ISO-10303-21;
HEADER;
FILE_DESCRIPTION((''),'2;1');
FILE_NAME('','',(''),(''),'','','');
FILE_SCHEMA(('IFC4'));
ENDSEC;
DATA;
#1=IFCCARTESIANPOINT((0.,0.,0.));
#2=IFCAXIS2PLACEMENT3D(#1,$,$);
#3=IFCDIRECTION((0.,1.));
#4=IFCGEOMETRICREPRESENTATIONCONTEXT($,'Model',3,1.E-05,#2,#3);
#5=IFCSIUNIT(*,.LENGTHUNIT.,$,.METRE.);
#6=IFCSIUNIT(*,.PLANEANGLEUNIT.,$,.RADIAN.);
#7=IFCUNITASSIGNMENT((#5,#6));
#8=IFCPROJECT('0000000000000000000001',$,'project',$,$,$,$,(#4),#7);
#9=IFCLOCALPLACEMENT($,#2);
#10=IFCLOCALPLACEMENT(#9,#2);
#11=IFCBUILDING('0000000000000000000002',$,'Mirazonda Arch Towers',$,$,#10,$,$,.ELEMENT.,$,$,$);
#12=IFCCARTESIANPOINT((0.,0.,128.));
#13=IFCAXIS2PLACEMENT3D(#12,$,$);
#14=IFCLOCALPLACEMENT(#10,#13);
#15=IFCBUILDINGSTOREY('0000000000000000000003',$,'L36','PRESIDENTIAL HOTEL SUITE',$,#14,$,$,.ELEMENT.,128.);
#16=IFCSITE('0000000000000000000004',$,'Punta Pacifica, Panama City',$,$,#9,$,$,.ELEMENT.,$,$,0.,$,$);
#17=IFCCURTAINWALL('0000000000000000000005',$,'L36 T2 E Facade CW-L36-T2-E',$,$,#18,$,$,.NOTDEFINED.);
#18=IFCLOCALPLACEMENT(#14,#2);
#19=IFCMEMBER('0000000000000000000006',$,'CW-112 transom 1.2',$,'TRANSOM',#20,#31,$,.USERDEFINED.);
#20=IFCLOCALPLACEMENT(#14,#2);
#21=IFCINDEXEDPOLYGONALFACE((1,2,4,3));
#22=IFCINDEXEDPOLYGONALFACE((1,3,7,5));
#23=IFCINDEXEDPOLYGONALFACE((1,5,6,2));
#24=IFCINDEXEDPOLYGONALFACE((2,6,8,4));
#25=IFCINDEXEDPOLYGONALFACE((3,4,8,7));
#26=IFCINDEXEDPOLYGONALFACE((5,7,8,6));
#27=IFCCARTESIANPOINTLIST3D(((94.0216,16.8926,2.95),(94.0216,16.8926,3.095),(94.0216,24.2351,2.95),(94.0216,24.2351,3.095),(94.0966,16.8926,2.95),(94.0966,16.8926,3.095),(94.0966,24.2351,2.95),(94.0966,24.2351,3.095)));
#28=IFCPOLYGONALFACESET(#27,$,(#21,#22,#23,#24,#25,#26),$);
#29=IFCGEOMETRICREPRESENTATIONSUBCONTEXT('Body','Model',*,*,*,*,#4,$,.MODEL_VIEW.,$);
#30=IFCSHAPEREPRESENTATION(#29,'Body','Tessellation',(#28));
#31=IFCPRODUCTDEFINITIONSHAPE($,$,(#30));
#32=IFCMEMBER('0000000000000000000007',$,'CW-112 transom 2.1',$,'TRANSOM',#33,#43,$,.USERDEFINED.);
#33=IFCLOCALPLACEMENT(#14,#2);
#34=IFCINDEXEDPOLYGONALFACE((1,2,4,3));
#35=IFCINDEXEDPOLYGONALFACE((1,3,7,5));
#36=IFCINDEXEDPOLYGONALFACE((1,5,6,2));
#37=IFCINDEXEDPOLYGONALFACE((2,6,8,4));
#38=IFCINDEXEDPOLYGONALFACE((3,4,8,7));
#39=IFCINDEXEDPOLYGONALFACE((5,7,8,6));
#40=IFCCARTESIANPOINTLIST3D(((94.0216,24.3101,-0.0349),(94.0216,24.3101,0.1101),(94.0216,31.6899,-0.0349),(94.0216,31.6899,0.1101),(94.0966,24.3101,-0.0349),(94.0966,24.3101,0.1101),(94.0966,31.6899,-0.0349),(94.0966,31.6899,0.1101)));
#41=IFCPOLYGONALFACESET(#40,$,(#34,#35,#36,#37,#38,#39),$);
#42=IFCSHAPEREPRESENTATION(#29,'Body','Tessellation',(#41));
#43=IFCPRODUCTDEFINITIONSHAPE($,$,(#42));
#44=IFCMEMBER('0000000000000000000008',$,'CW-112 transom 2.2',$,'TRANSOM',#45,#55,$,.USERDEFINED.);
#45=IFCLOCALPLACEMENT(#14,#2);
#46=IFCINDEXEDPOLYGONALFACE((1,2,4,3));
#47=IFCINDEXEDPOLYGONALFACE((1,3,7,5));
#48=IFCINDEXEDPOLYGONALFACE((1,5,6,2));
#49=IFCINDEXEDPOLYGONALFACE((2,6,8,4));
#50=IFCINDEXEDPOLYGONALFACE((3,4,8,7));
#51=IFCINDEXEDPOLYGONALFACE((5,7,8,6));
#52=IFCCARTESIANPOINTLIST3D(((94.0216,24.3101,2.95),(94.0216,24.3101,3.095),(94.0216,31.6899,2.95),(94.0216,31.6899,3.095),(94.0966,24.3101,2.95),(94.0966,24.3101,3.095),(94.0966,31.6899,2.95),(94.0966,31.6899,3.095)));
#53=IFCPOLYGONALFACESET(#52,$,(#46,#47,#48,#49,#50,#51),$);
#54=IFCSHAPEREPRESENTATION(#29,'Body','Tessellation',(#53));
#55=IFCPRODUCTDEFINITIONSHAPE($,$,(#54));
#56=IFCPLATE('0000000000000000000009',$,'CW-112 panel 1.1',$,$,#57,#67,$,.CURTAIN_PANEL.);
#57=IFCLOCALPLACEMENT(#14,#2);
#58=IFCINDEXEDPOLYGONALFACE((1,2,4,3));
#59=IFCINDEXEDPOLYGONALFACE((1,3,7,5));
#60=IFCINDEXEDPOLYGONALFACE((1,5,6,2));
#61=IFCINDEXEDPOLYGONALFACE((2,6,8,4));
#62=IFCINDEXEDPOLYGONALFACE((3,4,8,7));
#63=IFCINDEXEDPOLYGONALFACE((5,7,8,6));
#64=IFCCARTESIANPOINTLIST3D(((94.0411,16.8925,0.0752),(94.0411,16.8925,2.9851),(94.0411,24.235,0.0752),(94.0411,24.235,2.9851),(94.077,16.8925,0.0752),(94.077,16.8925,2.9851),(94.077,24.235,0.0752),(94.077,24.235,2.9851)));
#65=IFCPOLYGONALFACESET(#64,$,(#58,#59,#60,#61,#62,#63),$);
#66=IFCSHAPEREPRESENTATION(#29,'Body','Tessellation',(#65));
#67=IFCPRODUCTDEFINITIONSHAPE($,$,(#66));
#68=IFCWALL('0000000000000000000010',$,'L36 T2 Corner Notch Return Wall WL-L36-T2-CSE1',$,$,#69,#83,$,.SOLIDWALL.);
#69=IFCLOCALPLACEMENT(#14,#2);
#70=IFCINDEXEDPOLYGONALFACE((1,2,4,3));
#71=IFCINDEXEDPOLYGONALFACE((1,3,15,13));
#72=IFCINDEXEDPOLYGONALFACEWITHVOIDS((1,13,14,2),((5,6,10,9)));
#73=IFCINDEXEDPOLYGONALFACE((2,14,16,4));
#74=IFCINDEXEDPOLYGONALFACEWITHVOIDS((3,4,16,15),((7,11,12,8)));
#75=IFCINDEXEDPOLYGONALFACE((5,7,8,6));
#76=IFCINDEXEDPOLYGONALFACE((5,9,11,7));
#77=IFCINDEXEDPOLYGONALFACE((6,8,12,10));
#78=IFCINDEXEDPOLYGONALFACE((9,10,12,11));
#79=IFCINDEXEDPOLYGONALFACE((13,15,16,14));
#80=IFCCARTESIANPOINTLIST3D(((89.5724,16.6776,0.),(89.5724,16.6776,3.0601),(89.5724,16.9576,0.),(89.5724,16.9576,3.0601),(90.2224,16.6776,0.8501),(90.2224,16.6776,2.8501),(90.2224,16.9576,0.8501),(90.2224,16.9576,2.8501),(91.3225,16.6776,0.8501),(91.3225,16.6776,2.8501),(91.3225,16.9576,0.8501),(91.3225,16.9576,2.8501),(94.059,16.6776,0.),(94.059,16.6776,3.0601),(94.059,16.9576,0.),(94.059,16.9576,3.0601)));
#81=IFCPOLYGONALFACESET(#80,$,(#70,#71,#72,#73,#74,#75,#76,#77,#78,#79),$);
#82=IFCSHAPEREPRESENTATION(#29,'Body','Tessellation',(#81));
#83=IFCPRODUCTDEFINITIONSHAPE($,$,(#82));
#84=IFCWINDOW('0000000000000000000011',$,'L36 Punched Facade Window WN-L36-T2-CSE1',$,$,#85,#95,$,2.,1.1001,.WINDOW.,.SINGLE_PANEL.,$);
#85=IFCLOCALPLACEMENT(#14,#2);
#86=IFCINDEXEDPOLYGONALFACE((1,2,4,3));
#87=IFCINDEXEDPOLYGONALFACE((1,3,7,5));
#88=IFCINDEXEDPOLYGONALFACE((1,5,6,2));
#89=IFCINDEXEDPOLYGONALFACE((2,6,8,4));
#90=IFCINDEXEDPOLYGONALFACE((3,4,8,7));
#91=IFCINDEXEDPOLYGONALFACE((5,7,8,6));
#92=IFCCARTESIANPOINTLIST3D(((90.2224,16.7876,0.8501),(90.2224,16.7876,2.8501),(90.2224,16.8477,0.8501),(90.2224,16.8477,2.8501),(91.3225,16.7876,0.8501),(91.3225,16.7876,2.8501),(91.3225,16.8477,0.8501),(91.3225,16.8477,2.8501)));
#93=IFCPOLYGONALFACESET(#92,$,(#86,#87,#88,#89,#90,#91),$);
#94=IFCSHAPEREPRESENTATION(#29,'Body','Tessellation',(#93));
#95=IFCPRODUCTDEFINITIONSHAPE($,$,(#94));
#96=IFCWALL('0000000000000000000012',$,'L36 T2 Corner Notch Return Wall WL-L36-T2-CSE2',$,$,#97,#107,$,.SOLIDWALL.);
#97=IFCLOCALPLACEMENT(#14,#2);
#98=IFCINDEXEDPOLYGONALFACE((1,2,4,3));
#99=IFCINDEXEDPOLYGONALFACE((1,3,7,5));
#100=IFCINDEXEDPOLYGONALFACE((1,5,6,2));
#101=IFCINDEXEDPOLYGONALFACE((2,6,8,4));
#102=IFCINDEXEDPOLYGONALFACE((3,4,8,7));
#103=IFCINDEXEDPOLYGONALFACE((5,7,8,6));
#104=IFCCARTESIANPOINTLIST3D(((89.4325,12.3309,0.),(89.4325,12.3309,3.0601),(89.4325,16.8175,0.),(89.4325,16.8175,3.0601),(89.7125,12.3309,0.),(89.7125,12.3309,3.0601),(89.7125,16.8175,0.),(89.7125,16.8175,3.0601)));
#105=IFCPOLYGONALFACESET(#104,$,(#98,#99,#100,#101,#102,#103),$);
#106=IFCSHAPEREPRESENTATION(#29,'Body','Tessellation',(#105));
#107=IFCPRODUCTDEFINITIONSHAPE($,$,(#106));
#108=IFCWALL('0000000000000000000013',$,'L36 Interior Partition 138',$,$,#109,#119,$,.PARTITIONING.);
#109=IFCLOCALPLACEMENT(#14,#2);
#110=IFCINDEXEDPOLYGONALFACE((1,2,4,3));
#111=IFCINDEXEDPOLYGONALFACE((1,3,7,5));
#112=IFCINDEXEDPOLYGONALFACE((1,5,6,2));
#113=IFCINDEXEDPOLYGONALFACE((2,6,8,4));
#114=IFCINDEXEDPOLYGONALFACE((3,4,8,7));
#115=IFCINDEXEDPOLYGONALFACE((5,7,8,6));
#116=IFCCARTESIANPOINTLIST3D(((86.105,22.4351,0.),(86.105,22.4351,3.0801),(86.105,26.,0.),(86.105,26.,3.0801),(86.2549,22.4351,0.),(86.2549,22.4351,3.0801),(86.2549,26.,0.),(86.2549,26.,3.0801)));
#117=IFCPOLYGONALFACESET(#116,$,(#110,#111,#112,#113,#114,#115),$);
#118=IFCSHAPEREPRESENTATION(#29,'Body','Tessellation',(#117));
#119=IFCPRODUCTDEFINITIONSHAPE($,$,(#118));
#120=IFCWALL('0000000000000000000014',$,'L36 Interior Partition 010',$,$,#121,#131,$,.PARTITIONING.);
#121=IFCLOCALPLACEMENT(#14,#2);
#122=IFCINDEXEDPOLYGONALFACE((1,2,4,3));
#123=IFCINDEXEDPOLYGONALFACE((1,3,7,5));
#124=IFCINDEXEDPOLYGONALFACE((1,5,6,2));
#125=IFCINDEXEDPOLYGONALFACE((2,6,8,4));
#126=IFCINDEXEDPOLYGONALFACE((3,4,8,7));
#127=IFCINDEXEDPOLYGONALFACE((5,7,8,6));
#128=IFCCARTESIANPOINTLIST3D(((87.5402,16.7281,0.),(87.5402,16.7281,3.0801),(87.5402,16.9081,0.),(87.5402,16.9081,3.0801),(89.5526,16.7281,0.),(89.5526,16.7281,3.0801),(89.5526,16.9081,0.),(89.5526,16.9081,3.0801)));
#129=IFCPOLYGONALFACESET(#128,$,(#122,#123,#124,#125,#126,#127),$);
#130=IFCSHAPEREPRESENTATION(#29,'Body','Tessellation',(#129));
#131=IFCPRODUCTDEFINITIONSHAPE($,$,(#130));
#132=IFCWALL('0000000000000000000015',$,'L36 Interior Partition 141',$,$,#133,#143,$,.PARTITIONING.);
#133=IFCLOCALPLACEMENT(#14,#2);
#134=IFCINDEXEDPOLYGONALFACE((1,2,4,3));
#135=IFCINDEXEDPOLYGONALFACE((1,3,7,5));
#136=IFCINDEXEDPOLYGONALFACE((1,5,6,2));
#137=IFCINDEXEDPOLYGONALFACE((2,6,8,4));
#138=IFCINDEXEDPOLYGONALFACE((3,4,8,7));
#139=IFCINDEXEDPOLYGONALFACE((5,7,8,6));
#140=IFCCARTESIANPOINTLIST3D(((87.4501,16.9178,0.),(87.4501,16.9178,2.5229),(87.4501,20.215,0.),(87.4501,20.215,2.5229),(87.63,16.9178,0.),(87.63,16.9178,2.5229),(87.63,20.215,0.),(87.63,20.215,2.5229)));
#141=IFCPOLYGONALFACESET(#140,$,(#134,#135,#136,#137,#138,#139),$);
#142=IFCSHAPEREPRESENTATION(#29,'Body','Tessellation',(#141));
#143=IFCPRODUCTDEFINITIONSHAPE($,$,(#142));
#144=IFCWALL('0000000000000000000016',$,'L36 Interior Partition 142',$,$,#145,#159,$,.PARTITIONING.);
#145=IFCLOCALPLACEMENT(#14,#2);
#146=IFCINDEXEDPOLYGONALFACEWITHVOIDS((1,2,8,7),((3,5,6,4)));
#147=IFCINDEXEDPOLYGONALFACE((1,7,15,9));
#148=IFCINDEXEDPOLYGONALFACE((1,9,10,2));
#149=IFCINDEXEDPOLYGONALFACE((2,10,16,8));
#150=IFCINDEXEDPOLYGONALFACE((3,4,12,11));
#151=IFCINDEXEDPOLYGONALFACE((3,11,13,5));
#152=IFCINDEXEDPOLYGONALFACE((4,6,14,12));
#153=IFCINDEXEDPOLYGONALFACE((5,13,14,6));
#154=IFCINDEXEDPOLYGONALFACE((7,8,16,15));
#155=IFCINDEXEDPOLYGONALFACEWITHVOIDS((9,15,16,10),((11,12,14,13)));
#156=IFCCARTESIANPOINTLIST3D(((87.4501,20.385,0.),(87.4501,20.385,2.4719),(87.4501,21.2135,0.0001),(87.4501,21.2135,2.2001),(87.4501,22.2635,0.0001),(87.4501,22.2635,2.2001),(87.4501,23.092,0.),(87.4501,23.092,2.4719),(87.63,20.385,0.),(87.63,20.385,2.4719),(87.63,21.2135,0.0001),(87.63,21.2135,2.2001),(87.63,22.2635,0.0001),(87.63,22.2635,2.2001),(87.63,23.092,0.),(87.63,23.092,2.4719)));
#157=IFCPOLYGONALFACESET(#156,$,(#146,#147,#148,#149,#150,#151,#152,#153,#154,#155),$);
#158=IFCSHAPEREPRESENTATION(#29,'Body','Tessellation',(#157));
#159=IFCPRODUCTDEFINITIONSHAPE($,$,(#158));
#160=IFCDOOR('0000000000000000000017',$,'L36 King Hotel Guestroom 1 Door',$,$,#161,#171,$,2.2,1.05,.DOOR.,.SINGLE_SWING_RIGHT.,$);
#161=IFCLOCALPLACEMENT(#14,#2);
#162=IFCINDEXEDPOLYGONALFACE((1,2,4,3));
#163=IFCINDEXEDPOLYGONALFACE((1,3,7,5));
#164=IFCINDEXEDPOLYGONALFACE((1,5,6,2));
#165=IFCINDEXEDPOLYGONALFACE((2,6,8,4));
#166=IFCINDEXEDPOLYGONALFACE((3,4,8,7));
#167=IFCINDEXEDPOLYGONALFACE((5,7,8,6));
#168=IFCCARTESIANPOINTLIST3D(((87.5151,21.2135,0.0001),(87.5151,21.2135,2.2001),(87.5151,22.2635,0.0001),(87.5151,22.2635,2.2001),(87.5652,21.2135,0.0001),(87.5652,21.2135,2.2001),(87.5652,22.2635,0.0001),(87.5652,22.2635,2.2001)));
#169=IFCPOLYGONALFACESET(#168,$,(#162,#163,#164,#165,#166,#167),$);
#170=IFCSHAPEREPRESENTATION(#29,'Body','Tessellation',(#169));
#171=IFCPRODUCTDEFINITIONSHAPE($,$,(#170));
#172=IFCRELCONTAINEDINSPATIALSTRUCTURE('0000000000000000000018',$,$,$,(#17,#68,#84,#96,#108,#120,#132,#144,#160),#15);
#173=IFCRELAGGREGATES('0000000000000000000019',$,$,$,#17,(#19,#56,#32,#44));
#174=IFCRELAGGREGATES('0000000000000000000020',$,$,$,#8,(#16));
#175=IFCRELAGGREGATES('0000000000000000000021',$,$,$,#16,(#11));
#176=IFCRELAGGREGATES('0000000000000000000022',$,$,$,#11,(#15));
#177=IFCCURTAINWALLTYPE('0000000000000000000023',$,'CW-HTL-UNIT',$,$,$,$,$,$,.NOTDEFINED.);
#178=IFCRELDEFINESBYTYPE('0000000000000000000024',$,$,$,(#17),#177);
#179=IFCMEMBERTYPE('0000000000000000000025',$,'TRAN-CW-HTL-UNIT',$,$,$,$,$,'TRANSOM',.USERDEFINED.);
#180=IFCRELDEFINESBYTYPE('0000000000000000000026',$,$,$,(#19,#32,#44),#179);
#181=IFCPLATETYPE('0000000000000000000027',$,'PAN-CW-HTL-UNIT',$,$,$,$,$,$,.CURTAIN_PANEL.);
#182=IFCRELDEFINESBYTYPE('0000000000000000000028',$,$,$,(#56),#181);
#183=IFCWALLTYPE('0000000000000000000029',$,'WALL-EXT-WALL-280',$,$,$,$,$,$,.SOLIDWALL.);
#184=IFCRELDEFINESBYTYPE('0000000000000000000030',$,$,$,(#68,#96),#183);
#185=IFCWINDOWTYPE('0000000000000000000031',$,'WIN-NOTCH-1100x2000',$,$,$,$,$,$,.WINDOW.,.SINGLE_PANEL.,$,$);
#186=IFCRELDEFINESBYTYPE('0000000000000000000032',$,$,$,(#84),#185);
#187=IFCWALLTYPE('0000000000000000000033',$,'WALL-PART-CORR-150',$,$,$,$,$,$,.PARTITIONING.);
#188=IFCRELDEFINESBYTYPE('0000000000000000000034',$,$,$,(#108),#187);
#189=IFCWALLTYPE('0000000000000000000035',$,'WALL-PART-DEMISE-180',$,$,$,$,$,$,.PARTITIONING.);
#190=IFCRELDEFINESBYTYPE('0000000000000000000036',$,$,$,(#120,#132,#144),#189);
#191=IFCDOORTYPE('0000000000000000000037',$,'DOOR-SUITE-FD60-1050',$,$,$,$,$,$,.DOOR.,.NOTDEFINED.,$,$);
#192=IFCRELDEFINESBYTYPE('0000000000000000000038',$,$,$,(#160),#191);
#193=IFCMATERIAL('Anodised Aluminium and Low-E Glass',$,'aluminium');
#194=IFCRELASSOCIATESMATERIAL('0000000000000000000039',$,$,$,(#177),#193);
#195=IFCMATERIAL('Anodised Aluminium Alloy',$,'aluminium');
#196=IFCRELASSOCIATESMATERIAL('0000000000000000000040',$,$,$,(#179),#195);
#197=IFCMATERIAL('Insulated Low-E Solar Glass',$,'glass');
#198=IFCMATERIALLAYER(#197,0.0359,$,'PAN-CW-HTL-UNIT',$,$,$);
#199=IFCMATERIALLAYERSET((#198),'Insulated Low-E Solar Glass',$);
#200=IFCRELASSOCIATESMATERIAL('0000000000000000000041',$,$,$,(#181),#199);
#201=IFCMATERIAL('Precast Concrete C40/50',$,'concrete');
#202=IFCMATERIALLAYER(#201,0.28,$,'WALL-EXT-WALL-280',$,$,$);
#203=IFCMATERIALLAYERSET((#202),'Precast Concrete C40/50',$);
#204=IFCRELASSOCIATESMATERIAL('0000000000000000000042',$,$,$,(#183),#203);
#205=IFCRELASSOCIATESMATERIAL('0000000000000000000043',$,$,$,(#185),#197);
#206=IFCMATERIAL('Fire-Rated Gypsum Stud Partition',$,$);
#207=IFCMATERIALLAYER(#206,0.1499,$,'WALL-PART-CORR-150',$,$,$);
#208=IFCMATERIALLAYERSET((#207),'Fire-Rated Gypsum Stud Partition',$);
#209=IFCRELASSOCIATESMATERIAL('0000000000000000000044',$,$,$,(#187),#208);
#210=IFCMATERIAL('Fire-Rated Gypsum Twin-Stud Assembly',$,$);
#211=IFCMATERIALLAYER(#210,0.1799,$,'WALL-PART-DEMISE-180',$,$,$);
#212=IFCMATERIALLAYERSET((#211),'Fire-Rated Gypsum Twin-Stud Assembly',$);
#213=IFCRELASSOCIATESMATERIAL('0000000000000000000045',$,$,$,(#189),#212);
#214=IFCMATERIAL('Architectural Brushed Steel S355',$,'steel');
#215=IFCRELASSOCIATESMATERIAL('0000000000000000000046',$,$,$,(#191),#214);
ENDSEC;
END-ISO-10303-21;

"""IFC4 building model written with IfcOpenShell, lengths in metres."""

from ifc_helpers import new_model, si_unit, direction, frame, frame_2d, origin, origin_2d, place, context, subcontext, project, spatial, rectangle, extrude, material, layer, layer_set, material_profile, profile_set, type_object, element, fill, aggregate, save


model = new_model("IFC4")

# Units and contexts
model_context = context("Model", 3, precision=1e-05, world=origin(), true_north=direction((0.0, 1.0)))
body_context = subcontext(model_context, "Body", "Model", "MODEL_VIEW")
ifc_project = project(units=[si_unit("LENGTHUNIT", "METRE"), si_unit("PLANEANGLEUNIT", "RADIAN")], contexts=[model_context])

# Site, building, storey
site_placement = place(None, origin())
site = spatial("IfcSite", under=ifc_project, at=site_placement, Name="Punta Pacifica, Panama City", CompositionType="ELEMENT", RefElevation=0.0)
building_placement = place(site_placement, origin())
building = spatial("IfcBuilding", under=site, at=building_placement, Name="Mirazonda Arch Towers", CompositionType="ELEMENT")
storey_placement = place(building_placement, frame((0.0, 0.0, 128.0)))
storey = spatial("IfcBuildingStorey", under=building, at=storey_placement, Name="L36", Description="PRESIDENTIAL HOTEL SUITE", CompositionType="ELEMENT", Elevation=128.0)

# Shared definitions
ifc_material_1 = material(Name="Anodised Aluminium and Low-E Glass", Category="aluminium")
curtain_wall_type = type_object("IfcCurtainWallType", Name="CW-HTL-UNIT", PredefinedType="NOTDEFINED", material=ifc_material_1)
ifc_material_2 = material(Name="Anodised Aluminium Alloy", Category="aluminium")

# Curtain wall
curtain_wall_1_placement = place(storey_placement, origin())
curtain_wall_1 = element("IfcCurtainWall", 1, at=curtain_wall_1_placement, inside=storey, type_object=curtain_wall_type, Name="L36 T2 E Facade CW-L36-T2-E", PredefinedType="NOTDEFINED")

# Members
ifc_material_profile_1 = material_profile(ifc_material_2, rectangle(XDim=0.075, YDim=0.145, at=origin_2d()), Name="ALU-TRAN-75x145")
ifc_profile_set_1 = profile_set([ifc_material_profile_1], Name="Anodised Aluminium Alloy")
member_type_1 = type_object("IfcMemberType", Name="TRAN-CW-HTL-UNIT", ElementType="TRANSOM", PredefinedType="USERDEFINED", material=ifc_profile_set_1)
member_1_placement = place(storey_placement, frame((94.0591, 16.8926, 3.0225), z_axis=(0.0, 1.0, 0.0), x_axis=(-1.0, 0.0, 0.0)))
member_1 = element("IfcMember", 2, at=member_1_placement, type_object=member_type_1, Name="CW-112 transom 1.2", ObjectType="TRANSOM", PredefinedType="USERDEFINED", context=body_context, shape_type="SweptSolid", body=[
    extrude(rectangle(XDim=0.075, YDim=0.145, at=origin_2d()), origin(), (0.0, 0.0, 1.0), 7.3425),
])
member_2_placement = place(storey_placement, frame((94.0591, 24.3101, 0.0376), z_axis=(0.0, 1.0, 0.0), x_axis=(-1.0, 0.0, 0.0)))
member_2 = element("IfcMember", 3, at=member_2_placement, type_object=member_type_1, Name="CW-112 transom 2.1", ObjectType="TRANSOM", PredefinedType="USERDEFINED", context=body_context, shape_type="SweptSolid", body=[
    extrude(rectangle(XDim=0.075, YDim=0.145, at=origin_2d()), origin(), (0.0, 0.0, 1.0), 7.3799),
])
member_3_placement = place(storey_placement, frame((94.0591, 24.3101, 3.0225), z_axis=(0.0, 1.0, 0.0), x_axis=(-1.0, 0.0, 0.0)))
member_3 = element("IfcMember", 4, at=member_3_placement, type_object=member_type_1, Name="CW-112 transom 2.2", ObjectType="TRANSOM", PredefinedType="USERDEFINED", context=body_context, shape_type="SweptSolid", body=[
    extrude(rectangle(XDim=0.075, YDim=0.145, at=origin_2d()), origin(), (0.0, 0.0, 1.0), 7.3799),
])

# Plate
ifc_material_3 = material(Name="Insulated Low-E Solar Glass", Category="glass")
ifc_layer_1 = layer(ifc_material_3, 0.0359, Name="PAN-CW-HTL-UNIT")
ifc_layer_set_1 = layer_set([ifc_layer_1], Name="Insulated Low-E Solar Glass")
plate_type = type_object("IfcPlateType", Name="PAN-CW-HTL-UNIT", PredefinedType="CURTAIN_PANEL", material=ifc_layer_set_1)
plate_placement = place(storey_placement, frame((94.0591, 20.5637, 0.0752), z_axis=(0.0, 0.0, 1.0), x_axis=(0.0, 1.0, 0.0)))
plate = element("IfcPlate", 5, at=plate_placement, type_object=plate_type, Name="CW-112 panel 1.1", PredefinedType="CURTAIN_PANEL", context=body_context, shape_type="SweptSolid", body=[
    extrude(rectangle(XDim=7.3425, YDim=0.0359, at=origin_2d()), origin(), (0.0, 0.0, 1.0), 2.9099),
])
aggregate(curtain_wall_1, [member_1, plate, member_2, member_3])

# Wall, opening, window
ifc_material_4 = material(Name="Precast Concrete C40/50", Category="concrete")
ifc_layer_2 = layer(ifc_material_4, 0.28, Name="WALL-EXT-WALL-280")
ifc_layer_set_2 = layer_set([ifc_layer_2], Name="Precast Concrete C40/50")
wall_type_1 = type_object("IfcWallType", Name="WALL-EXT-WALL-280", PredefinedType="SOLIDWALL", material=ifc_layer_set_2)
wall_1_placement = place(storey_placement, frame((89.5725, 16.8176, 0.0), z_axis=(0.0, 0.0, 1.0), x_axis=(1.0, 0.0, 0.0)))
wall_1 = element("IfcWall", 6, at=wall_1_placement, inside=storey, type_object=wall_type_1, Name="L36 T2 Corner Notch Return Wall WL-L36-T2-CSE1", PredefinedType="SOLIDWALL", context=body_context, shape_type="SweptSolid", body=[
    extrude(rectangle(XDim=4.4866, YDim=0.28, at=frame_2d((2.2432, 0.0))), origin(), (0.0, 0.0, 1.0), 3.0601),
])
opening_1_placement = place(wall_1_placement, frame((0.6499, 0.0, 0.8501)))
opening_1 = element("IfcOpeningElement", 7, at=opening_1_placement, cuts=wall_1, PredefinedType="OPENING", context=body_context, shape_type="SweptSolid", body=[
    extrude(rectangle(XDim=1.1001, YDim=2.0, at=frame_2d((0.55, 1.0))), frame((0.0, 0.1499, 0.0), z_axis=(0.0, -1.0, 0.0), x_axis=(1.0, 0.0, 0.0)), (0.0, 0.0, 1.0), 0.3),
])
window_type = type_object("IfcWindowType", Name="WIN-NOTCH-1100x2000", PartitioningType="SINGLE_PANEL", PredefinedType="WINDOW", material=ifc_material_3)
window_placement = place(opening_1_placement, origin())
window = element("IfcWindow", 8, at=window_placement, inside=storey, type_object=window_type, Name="L36 Punched Facade Window WN-L36-T2-CSE1", OverallHeight=2.0, OverallWidth=1.1001, PartitioningType="SINGLE_PANEL", PredefinedType="WINDOW", context=body_context, shape_type="SweptSolid", body=[
    extrude(rectangle(XDim=1.1001, YDim=2.0, at=frame_2d((0.55, 1.0))), frame((0.0, 0.03, 0.0), z_axis=(0.0, -1.0, 0.0), x_axis=(1.0, 0.0, 0.0)), (0.0, 0.0, 1.0), 0.0601),
])
fill(opening_1, window)

# Walls
wall_2_placement = place(storey_placement, frame((89.5725, 12.3311, 0.0), z_axis=(0.0, 0.0, 1.0), x_axis=(0.0, 1.0, 0.0)))
element("IfcWall", 9, at=wall_2_placement, inside=storey, type_object=wall_type_1, Name="L36 T2 Corner Notch Return Wall WL-L36-T2-CSE2", PredefinedType="SOLIDWALL", context=body_context, shape_type="SweptSolid", body=[
    extrude(rectangle(XDim=4.4866, YDim=0.28, at=frame_2d((2.2432, 0.0))), origin(), (0.0, 0.0, 1.0), 3.0601),
])
ifc_material_5 = material(Name="Fire-Rated Gypsum Stud Partition")
ifc_layer_3 = layer(ifc_material_5, 0.1499, Name="WALL-PART-CORR-150")
ifc_layer_set_3 = layer_set([ifc_layer_3], Name="Fire-Rated Gypsum Stud Partition")
wall_type_2 = type_object("IfcWallType", Name="WALL-PART-CORR-150", PredefinedType="PARTITIONING", material=ifc_layer_set_3)
wall_3_placement = place(storey_placement, frame((86.1799, 22.4351, 0.0), z_axis=(0.0, 0.0, 1.0), x_axis=(0.0, 1.0, 0.0)))
element("IfcWall", 10, at=wall_3_placement, inside=storey, type_object=wall_type_2, Name="L36 Interior Partition 138", PredefinedType="PARTITIONING", context=body_context, shape_type="SweptSolid", body=[
    extrude(rectangle(XDim=3.5649, YDim=0.1499, at=frame_2d((1.7825, 0.0))), origin(), (0.0, 0.0, 1.0), 3.0801),
])
ifc_material_6 = material(Name="Fire-Rated Gypsum Twin-Stud Assembly")
ifc_layer_4 = layer(ifc_material_6, 0.1799, Name="WALL-PART-DEMISE-180")
ifc_layer_set_4 = layer_set([ifc_layer_4], Name="Fire-Rated Gypsum Twin-Stud Assembly")
wall_type_3 = type_object("IfcWallType", Name="WALL-PART-DEMISE-180", PredefinedType="PARTITIONING", material=ifc_layer_set_4)
wall_4_placement = place(storey_placement, frame((87.54, 16.8181, 0.0), z_axis=(0.0, 0.0, 1.0), x_axis=(1.0, 0.0, 0.0)))
element("IfcWall", 11, at=wall_4_placement, inside=storey, type_object=wall_type_3, Name="L36 Interior Partition 010", PredefinedType="PARTITIONING", context=body_context, shape_type="SweptSolid", body=[
    extrude(rectangle(XDim=2.0125, YDim=0.1799, at=frame_2d((1.0063, 0.0))), origin(), (0.0, 0.0, 1.0), 3.0801),
])

# Shared definitions
ifc_material_7 = material(Name="Architectural Brushed Steel S355", Category="steel")

# Wall
wall_5_placement = place(storey_placement, frame((87.54, 16.918, 0.0), z_axis=(0.0, 0.0, 1.0), x_axis=(0.0, 1.0, 0.0)))
element("IfcWall", 12, at=wall_5_placement, inside=storey, type_object=wall_type_3, Name="L36 Interior Partition 141", PredefinedType="PARTITIONING", context=body_context, shape_type="SweptSolid", body=[
    extrude(rectangle(XDim=3.2971, YDim=0.1799, at=frame_2d((1.6484, 0.0))), origin(), (0.0, 0.0, 1.0), 2.5229),
])

# Wall, opening, door
wall_6_placement = place(storey_placement, frame((87.54, 20.385, 0.0), z_axis=(0.0, 0.0, 1.0), x_axis=(0.0, 1.0, 0.0)))
wall_6 = element("IfcWall", 13, at=wall_6_placement, inside=storey, type_object=wall_type_3, Name="L36 Interior Partition 142", PredefinedType="PARTITIONING", context=body_context, shape_type="SweptSolid", body=[
    extrude(rectangle(XDim=2.707, YDim=0.1799, at=frame_2d((1.3535, 0.0))), origin(), (0.0, 0.0, 1.0), 2.4719),
])
opening_2_placement = place(wall_6_placement, frame((0.8286, 0.0, 0.0)))
opening_2 = element("IfcOpeningElement", 14, at=opening_2_placement, cuts=wall_6, PredefinedType="OPENING", context=body_context, shape_type="SweptSolid", body=[
    extrude(rectangle(XDim=1.05, YDim=2.2, at=frame_2d((0.5249, 1.1001))), frame((0.0, 0.0999, 0.0), z_axis=(0.0, -1.0, 0.0), x_axis=(1.0, 0.0, 0.0)), (0.0, 0.0, 1.0), 0.2),
])
door_type_1 = type_object("IfcDoorType", Name="DOOR-SUITE-FD60-1050", OperationType="NOTDEFINED", PredefinedType="DOOR", material=ifc_material_7)
door_1_placement = place(opening_2_placement, origin())
door_1 = element("IfcDoor", 15, at=door_1_placement, inside=storey, type_object=door_type_1, Name="L36 King Hotel Guestroom 1 Door", OperationType="SINGLE_SWING_RIGHT", OverallHeight=2.2, OverallWidth=1.05, PredefinedType="DOOR", context=body_context, shape_type="SweptSolid", body=[
    extrude(rectangle(XDim=1.05, YDim=2.2, at=frame_2d((0.5249, 1.1001))), frame((0.0, 0.0249, 0.0), z_axis=(0.0, -1.0, 0.0), x_axis=(1.0, 0.0, 0.0)), (0.0, 0.0, 1.0), 0.05),
])
fill(opening_2, door_1)

save(model, "model.ifc")
